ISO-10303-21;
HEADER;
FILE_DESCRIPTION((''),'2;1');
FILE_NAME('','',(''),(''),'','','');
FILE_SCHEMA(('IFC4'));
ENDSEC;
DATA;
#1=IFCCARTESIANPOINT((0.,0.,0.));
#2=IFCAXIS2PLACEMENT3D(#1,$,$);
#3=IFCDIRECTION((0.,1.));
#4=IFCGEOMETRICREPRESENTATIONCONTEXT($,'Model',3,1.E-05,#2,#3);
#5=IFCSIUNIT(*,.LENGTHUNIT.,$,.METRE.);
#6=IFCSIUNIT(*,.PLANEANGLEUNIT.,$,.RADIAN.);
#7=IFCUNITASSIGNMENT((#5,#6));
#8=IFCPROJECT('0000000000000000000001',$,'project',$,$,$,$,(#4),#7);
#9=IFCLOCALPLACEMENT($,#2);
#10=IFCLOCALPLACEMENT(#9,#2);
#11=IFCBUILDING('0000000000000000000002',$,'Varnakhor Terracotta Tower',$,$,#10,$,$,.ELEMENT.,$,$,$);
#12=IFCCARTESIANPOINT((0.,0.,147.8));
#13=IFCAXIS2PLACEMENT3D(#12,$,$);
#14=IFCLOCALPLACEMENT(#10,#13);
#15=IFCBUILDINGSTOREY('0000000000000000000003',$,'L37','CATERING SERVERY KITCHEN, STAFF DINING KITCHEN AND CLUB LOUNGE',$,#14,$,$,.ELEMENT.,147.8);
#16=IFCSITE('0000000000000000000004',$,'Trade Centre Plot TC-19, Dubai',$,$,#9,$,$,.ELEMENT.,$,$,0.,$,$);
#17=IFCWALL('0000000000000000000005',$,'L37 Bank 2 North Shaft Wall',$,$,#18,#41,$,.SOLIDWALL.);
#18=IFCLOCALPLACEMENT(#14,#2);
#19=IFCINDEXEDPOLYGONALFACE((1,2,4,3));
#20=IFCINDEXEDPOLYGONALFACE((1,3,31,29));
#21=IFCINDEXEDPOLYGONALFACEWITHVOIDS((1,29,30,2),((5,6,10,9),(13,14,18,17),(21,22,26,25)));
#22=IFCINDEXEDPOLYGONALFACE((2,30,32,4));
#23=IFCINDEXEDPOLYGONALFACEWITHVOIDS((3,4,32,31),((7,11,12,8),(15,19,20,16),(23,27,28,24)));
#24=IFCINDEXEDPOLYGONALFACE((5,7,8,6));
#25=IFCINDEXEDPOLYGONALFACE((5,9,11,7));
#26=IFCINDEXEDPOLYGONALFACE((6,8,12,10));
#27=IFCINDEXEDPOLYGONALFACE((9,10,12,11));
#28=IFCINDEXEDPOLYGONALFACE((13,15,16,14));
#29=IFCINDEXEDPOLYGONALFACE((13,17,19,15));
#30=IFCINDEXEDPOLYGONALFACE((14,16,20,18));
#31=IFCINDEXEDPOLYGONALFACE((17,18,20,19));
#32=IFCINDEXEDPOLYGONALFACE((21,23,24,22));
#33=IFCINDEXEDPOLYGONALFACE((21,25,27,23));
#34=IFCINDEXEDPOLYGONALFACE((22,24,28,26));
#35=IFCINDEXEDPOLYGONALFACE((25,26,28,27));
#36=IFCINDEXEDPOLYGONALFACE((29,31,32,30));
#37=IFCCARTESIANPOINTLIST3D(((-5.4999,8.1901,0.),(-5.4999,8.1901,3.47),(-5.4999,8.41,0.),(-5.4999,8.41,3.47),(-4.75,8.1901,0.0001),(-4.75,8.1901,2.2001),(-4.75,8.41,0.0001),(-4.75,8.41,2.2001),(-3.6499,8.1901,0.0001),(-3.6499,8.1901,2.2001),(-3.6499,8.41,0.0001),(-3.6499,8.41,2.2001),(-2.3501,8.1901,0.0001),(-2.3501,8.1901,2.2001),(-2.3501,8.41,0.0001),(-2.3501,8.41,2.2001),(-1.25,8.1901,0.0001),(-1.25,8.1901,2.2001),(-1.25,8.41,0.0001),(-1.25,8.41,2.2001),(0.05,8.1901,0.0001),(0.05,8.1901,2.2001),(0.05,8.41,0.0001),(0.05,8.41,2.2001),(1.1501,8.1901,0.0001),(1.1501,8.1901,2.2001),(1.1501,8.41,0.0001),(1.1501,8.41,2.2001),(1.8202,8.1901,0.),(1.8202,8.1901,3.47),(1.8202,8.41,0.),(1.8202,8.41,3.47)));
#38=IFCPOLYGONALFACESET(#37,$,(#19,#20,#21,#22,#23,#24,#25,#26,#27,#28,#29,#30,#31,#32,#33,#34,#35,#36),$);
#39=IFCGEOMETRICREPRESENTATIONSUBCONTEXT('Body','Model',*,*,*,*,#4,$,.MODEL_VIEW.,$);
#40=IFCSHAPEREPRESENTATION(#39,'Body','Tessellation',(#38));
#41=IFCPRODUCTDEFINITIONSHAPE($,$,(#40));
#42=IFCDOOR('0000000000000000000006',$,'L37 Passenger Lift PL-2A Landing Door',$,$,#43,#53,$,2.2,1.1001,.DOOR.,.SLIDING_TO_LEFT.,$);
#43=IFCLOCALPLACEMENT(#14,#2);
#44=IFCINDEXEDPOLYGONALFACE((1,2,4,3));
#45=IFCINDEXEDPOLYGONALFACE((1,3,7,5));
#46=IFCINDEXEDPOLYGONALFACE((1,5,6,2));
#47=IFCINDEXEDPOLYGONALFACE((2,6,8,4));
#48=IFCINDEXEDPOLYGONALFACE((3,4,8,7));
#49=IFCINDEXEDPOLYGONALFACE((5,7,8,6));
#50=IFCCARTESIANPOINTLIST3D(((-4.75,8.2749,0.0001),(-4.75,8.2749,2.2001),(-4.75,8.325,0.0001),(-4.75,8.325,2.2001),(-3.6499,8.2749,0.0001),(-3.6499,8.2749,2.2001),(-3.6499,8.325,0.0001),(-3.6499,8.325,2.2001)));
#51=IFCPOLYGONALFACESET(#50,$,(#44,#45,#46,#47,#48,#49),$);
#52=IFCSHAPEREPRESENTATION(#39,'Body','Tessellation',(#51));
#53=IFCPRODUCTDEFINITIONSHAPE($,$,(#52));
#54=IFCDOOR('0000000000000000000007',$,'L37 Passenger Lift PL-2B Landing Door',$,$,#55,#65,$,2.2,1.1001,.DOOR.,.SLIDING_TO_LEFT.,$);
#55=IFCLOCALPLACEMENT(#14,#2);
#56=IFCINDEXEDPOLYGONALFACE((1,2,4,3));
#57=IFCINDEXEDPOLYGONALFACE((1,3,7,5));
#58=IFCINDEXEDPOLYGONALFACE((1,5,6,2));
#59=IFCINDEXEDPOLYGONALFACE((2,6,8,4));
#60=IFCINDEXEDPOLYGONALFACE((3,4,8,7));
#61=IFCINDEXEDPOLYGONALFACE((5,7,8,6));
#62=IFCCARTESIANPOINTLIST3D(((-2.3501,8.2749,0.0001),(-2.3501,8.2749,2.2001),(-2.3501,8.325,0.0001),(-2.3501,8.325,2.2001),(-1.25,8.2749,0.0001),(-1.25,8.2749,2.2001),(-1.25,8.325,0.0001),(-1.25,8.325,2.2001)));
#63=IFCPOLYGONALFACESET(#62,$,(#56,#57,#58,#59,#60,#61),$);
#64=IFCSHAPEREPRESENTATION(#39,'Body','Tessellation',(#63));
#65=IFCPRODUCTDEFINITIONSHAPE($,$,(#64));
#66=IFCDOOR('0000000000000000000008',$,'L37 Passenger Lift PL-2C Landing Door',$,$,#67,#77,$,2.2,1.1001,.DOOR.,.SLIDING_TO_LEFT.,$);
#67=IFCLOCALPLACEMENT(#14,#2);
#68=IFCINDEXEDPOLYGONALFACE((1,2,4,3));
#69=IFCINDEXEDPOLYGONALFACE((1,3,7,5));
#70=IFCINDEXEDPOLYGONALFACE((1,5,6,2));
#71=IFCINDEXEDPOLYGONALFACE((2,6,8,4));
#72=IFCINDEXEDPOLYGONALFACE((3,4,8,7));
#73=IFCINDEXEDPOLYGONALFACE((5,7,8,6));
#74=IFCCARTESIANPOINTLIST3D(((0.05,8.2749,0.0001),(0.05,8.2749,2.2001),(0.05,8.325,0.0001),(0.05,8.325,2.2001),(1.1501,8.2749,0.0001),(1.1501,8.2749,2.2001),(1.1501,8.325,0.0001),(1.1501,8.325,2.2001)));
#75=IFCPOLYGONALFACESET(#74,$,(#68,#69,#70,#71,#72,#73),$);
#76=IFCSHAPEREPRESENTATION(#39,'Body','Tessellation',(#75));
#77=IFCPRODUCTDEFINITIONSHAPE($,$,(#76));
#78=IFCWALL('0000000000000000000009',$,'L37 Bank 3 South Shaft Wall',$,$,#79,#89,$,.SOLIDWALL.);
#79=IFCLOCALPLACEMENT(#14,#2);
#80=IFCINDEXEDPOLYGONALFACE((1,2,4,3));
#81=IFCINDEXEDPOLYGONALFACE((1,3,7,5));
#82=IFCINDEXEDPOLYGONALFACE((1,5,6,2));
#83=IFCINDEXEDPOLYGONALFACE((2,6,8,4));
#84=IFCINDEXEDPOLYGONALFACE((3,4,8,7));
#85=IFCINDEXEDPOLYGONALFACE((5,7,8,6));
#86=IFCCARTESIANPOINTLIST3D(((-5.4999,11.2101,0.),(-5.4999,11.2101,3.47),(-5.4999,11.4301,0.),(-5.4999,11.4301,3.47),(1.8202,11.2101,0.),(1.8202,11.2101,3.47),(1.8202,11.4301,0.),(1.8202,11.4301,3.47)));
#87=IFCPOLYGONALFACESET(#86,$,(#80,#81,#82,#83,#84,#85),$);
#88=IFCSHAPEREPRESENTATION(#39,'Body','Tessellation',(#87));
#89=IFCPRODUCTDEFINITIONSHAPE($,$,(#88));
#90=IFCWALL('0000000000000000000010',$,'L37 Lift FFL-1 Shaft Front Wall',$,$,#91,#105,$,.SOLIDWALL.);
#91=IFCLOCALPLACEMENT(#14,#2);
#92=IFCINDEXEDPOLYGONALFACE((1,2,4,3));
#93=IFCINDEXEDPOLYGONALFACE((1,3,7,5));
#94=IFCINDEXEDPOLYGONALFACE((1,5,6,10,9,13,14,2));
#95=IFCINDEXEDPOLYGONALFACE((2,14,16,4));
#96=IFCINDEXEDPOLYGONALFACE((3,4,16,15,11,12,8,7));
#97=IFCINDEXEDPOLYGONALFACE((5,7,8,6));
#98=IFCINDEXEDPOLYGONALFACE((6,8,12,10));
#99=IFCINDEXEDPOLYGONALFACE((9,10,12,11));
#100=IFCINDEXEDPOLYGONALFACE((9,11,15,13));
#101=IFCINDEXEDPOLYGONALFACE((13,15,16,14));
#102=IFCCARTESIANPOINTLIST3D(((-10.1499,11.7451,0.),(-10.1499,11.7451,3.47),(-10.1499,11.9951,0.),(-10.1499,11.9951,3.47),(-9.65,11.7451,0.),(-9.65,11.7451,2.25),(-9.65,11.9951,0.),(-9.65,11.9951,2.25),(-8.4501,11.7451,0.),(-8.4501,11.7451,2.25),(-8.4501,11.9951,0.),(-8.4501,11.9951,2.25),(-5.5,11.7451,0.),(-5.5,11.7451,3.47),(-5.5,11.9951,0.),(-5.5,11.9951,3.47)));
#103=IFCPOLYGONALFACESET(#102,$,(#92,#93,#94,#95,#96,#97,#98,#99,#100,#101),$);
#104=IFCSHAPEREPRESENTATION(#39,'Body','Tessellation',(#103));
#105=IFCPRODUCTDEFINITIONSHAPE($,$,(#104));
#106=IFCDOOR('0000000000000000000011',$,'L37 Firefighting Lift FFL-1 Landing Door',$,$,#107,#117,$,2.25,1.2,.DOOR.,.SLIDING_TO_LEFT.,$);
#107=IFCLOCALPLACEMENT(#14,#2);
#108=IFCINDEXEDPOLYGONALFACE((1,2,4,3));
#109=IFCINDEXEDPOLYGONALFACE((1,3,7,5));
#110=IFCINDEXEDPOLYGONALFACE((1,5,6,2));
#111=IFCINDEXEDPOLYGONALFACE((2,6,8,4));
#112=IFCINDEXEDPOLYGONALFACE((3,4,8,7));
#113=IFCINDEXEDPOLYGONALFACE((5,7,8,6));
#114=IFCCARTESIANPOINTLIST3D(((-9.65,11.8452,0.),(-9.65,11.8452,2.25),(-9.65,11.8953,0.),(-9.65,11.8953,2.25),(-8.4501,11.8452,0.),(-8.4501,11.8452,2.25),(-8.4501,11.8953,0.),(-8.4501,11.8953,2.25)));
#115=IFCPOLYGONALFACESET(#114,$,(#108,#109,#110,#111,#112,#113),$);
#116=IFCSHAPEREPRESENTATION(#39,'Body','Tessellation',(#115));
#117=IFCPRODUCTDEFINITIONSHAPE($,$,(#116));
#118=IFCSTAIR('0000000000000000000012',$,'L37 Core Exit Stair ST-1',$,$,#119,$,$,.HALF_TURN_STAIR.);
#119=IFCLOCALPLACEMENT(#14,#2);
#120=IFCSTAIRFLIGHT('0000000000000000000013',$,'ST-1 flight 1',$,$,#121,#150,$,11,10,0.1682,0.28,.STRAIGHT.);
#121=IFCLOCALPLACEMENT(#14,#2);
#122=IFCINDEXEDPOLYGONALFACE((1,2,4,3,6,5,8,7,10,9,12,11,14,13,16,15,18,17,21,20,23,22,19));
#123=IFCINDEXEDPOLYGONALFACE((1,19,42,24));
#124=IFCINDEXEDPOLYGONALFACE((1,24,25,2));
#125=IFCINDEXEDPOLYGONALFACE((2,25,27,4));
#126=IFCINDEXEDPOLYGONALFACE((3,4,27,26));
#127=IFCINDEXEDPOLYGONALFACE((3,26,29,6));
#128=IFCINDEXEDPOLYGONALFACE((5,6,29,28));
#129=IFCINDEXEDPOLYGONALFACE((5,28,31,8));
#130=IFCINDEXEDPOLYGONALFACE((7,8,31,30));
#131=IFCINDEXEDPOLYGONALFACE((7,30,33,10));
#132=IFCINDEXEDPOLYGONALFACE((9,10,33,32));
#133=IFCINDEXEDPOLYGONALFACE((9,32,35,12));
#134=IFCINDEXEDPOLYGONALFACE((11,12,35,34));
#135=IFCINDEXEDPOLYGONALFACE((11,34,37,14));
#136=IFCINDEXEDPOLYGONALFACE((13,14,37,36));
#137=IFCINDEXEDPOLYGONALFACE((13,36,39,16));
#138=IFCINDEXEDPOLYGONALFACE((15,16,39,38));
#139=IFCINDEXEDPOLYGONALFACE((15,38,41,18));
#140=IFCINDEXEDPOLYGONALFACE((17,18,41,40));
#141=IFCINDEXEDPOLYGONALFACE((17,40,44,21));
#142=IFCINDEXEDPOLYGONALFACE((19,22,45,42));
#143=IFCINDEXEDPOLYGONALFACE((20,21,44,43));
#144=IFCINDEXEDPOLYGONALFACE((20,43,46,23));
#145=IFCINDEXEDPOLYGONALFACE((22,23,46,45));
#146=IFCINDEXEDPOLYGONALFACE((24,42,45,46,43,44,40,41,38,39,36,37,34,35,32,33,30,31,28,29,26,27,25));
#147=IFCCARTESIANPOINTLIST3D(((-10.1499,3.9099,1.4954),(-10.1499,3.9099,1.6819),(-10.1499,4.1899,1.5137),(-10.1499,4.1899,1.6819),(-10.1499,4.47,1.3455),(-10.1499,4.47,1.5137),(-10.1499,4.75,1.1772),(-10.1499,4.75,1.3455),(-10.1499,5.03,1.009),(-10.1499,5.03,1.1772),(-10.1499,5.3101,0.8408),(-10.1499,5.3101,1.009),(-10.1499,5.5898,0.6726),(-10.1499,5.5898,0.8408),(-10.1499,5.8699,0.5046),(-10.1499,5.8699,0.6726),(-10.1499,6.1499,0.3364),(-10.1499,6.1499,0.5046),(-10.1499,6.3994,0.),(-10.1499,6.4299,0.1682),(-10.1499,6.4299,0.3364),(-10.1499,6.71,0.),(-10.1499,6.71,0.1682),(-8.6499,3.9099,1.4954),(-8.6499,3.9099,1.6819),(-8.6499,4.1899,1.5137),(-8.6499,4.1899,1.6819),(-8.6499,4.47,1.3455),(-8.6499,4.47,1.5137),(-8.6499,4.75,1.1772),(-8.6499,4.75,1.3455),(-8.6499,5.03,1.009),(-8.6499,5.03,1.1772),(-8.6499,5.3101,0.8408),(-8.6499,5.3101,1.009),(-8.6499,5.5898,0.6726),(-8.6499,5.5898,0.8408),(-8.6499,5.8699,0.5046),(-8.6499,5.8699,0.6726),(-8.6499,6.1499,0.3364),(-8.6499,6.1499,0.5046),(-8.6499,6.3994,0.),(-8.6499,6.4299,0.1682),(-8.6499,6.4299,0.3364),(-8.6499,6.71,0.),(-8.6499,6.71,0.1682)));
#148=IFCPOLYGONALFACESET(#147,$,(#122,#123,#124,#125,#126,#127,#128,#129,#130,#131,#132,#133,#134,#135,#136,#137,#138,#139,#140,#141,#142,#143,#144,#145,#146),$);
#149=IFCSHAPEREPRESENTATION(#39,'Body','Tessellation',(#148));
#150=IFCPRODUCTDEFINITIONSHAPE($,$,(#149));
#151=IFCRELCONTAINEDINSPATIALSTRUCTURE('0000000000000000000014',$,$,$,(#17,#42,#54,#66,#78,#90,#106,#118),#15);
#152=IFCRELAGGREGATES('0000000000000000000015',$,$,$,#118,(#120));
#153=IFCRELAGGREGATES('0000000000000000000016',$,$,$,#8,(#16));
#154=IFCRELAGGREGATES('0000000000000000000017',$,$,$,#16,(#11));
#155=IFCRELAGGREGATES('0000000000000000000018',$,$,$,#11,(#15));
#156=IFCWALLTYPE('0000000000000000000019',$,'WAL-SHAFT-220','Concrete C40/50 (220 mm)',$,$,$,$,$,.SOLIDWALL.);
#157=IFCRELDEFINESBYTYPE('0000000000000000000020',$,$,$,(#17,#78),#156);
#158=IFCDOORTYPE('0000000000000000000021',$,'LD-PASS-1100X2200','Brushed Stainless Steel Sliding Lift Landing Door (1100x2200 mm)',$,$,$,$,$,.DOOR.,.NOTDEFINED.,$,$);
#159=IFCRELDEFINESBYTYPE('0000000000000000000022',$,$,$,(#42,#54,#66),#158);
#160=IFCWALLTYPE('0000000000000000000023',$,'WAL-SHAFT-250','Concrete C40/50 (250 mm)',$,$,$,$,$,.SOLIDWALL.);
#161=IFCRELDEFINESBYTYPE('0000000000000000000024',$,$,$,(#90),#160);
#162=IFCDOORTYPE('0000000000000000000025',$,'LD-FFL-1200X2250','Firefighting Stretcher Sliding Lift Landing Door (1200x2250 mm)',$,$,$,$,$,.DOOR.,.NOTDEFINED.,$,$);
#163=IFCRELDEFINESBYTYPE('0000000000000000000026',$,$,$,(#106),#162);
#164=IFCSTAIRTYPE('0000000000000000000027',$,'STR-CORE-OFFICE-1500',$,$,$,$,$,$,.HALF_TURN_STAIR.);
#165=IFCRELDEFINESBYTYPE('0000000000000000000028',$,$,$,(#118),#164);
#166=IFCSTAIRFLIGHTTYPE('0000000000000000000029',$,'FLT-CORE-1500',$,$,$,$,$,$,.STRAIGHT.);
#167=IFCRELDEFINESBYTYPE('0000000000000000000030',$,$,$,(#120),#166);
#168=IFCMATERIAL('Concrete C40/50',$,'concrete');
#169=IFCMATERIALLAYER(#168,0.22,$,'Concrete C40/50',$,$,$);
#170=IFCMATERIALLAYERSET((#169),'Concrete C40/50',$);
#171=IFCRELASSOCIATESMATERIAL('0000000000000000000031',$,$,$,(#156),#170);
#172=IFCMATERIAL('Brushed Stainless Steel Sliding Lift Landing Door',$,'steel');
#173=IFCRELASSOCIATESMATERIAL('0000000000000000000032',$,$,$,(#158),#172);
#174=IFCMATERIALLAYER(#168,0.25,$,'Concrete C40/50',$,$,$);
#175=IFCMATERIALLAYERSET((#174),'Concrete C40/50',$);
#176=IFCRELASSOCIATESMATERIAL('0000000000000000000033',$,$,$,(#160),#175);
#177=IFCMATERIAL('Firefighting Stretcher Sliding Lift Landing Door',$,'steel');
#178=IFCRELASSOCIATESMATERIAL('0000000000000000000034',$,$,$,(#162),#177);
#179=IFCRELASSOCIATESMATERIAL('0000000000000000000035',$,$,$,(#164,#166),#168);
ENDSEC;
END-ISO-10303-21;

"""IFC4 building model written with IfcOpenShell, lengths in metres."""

from ifc_helpers import new_model, si_unit, direction, frame, frame_2d, origin, place, context, subcontext, project, spatial, polyline, rectangle, outline, extrude, source, transform, mapped, material, layer, layer_set, type_object, type_shapes, element, fill, aggregate, save


model = new_model("IFC4")

# Units and contexts
model_context = context("Model", 3, precision=1e-05, world=origin(), true_north=direction((0.0, 1.0)))
body_context = subcontext(model_context, "Body", "Model", "MODEL_VIEW")
ifc_project = project(units=[si_unit("LENGTHUNIT", "METRE"), si_unit("PLANEANGLEUNIT", "RADIAN")], contexts=[model_context])

# Site, building, storey
site_placement = place(None, origin())
site = spatial("IfcSite", under=ifc_project, at=site_placement, Name="Trade Centre Plot TC-19, Dubai", CompositionType="ELEMENT", RefElevation=0.0)
building_placement = place(site_placement, origin())
building = spatial("IfcBuilding", under=site, at=building_placement, Name="Varnakhor Terracotta Tower", CompositionType="ELEMENT")
storey_placement = place(building_placement, frame((0.0, 0.0, 147.8)))
storey = spatial("IfcBuildingStorey", under=building, at=storey_placement, Name="L37", Description="CATERING SERVERY KITCHEN, STAFF DINING KITCHEN AND CLUB LOUNGE", CompositionType="ELEMENT", Elevation=147.8)

# Shared definitions
ifc_material_1 = material(Name="Concrete C40/50", Category="concrete")

# Shared definitions
ifc_layer_1 = layer(ifc_material_1, 0.22, Name="Concrete C40/50")
ifc_layer_set_1 = layer_set([ifc_layer_1], Name="Concrete C40/50")
wall_type_1 = type_object("IfcWallType", Name="WAL-SHAFT-220", Description="Concrete C40/50 (220 mm)", PredefinedType="SOLIDWALL", material=ifc_layer_set_1)

# Wall, openings, doors
wall_1_placement = place(storey_placement, frame((-5.5, 8.3, 0.0), z_axis=(0.0, 0.0, 1.0), x_axis=(1.0, 0.0, 0.0)))
wall_1 = element("IfcWall", 1, at=wall_1_placement, inside=storey, type_object=wall_type_1, Name="L37 Bank 2 North Shaft Wall", PredefinedType="SOLIDWALL", context=body_context, shape_type="SweptSolid", body=[
    extrude(rectangle(XDim=7.3201, YDim=0.22, at=frame_2d((3.6602, 0.0))), origin(), (0.0, 0.0, 1.0), 3.47),
])
opening_1_placement = place(wall_1_placement, frame((0.75, 0.0, 0.0)))
opening_1 = element("IfcOpeningElement", 2, at=opening_1_placement, cuts=wall_1, PredefinedType="OPENING", context=body_context, shape_type="SweptSolid", body=[
    extrude(rectangle(XDim=1.1001, YDim=2.2, at=frame_2d((0.55, 1.1001))), frame((0.0, 0.1201, 0.0), z_axis=(0.0, -1.0, 0.0), x_axis=(1.0, 0.0, 0.0)), (0.0, 0.0, 1.0), 0.24),
])
opening_2_placement = place(wall_1_placement, frame((3.1499, 0.0, 0.0)))
opening_2 = element("IfcOpeningElement", 3, at=opening_2_placement, cuts=wall_1, PredefinedType="OPENING", context=body_context, shape_type="SweptSolid", body=[
    extrude(rectangle(XDim=1.1001, YDim=2.2, at=frame_2d((0.55, 1.1001))), frame((0.0, 0.1201, 0.0), z_axis=(0.0, -1.0, 0.0), x_axis=(1.0, 0.0, 0.0)), (0.0, 0.0, 1.0), 0.24),
])
opening_3_placement = place(wall_1_placement, frame((5.55, 0.0, 0.0)))
opening_3 = element("IfcOpeningElement", 4, at=opening_3_placement, cuts=wall_1, PredefinedType="OPENING", context=body_context, shape_type="SweptSolid", body=[
    extrude(rectangle(XDim=1.1001, YDim=2.2, at=frame_2d((0.55, 1.1001))), frame((0.0, 0.1201, 0.0), z_axis=(0.0, -1.0, 0.0), x_axis=(1.0, 0.0, 0.0)), (0.0, 0.0, 1.0), 0.24),
])
ifc_material_2 = material(Name="Brushed Stainless Steel Sliding Lift Landing Door", Category="steel")
door_type_1 = type_object("IfcDoorType", Name="LD-PASS-1100X2200", Description="Brushed Stainless Steel Sliding Lift Landing Door (1100x2200 mm)", OperationType="NOTDEFINED", PredefinedType="DOOR", material=ifc_material_2)
shared_shape_1 = source(origin(), body_context, "Body", "SweptSolid", [
    extrude(rectangle(XDim=1.1001, YDim=2.2, at=frame_2d((0.55, 1.1001))), frame((0.0, 0.0249, 0.0), z_axis=(0.0, -1.0, 0.0), x_axis=(1.0, 0.0, 0.0)), (0.0, 0.0, 1.0), 0.05),
])
type_shapes(door_type_1, [shared_shape_1])
door_1_placement = place(opening_1_placement, origin())
door_1 = element("IfcDoor", 5, at=door_1_placement, inside=storey, type_object=door_type_1, Name="L37 Passenger Lift PL-2A Landing Door", OperationType="SLIDING_TO_LEFT", OverallHeight=2.2, OverallWidth=1.1001, PredefinedType="DOOR", context=body_context, shape_type="MappedRepresentation", body=[
    mapped(shared_shape_1, transform((0.0, 0.0, 0.0), scale=1.0)),
])
fill(opening_1, door_1)
door_2_placement = place(opening_2_placement, origin())
door_2 = element("IfcDoor", 6, at=door_2_placement, inside=storey, type_object=door_type_1, Name="L37 Passenger Lift PL-2B Landing Door", OperationType="SLIDING_TO_LEFT", OverallHeight=2.2, OverallWidth=1.1001, PredefinedType="DOOR", context=body_context, shape_type="MappedRepresentation", body=[
    mapped(shared_shape_1, transform((0.0, 0.0, 0.0), scale=1.0)),
])
fill(opening_2, door_2)
door_3_placement = place(opening_3_placement, origin())
door_3 = element("IfcDoor", 7, at=door_3_placement, inside=storey, type_object=door_type_1, Name="L37 Passenger Lift PL-2C Landing Door", OperationType="SLIDING_TO_LEFT", OverallHeight=2.2, OverallWidth=1.1001, PredefinedType="DOOR", context=body_context, shape_type="MappedRepresentation", body=[
    mapped(shared_shape_1, transform((0.0, 0.0, 0.0), scale=1.0)),
])
fill(opening_3, door_3)

# Wall
wall_2_placement = place(storey_placement, frame((-5.5, 11.3201, 0.0), z_axis=(0.0, 0.0, 1.0), x_axis=(1.0, 0.0, 0.0)))
element("IfcWall", 8, at=wall_2_placement, inside=storey, type_object=wall_type_1, Name="L37 Bank 3 South Shaft Wall", PredefinedType="SOLIDWALL", context=body_context, shape_type="SweptSolid", body=[
    extrude(rectangle(XDim=7.3201, YDim=0.22, at=frame_2d((3.6602, 0.0))), origin(), (0.0, 0.0, 1.0), 3.47),
])

# Wall, opening, door
ifc_layer_2 = layer(ifc_material_1, 0.25, Name="Concrete C40/50")
ifc_layer_set_2 = layer_set([ifc_layer_2], Name="Concrete C40/50")
wall_type_2 = type_object("IfcWallType", Name="WAL-SHAFT-250", Description="Concrete C40/50 (250 mm)", PredefinedType="SOLIDWALL", material=ifc_layer_set_2)
wall_3_placement = place(storey_placement, frame((-5.5, 11.8701, 0.0), z_axis=(0.0, 0.0, 1.0), x_axis=(-1.0, 0.0, 0.0)))
wall_3 = element("IfcWall", 9, at=wall_3_placement, inside=storey, type_object=wall_type_2, Name="L37 Lift FFL-1 Shaft Front Wall", PredefinedType="SOLIDWALL", context=body_context, shape_type="SweptSolid", body=[
    extrude(rectangle(XDim=4.6499, YDim=0.25, at=frame_2d((2.325, 0.0))), origin(), (0.0, 0.0, 1.0), 3.47),
])
opening_4_placement = place(wall_3_placement, frame((2.95, 0.0, 0.0)))
opening_4 = element("IfcOpeningElement", 10, at=opening_4_placement, cuts=wall_3, PredefinedType="OPENING", context=body_context, shape_type="SweptSolid", body=[
    extrude(rectangle(XDim=1.2, YDim=2.25, at=frame_2d((0.6001, 1.125))), frame((0.0, 0.135, 0.0), z_axis=(0.0, -1.0, 0.0), x_axis=(1.0, 0.0, 0.0)), (0.0, 0.0, 1.0), 0.27),
])
ifc_material_3 = material(Name="Firefighting Stretcher Sliding Lift Landing Door", Category="steel")
door_type_2 = type_object("IfcDoorType", Name="LD-FFL-1200X2250", Description="Firefighting Stretcher Sliding Lift Landing Door (1200x2250 mm)", OperationType="NOTDEFINED", PredefinedType="DOOR", material=ifc_material_3)
shared_shape_2 = source(origin(), body_context, "Body", "SweptSolid", [
    extrude(rectangle(XDim=1.2, YDim=2.25, at=frame_2d((0.6001, 1.125))), frame((0.0, 0.0249, 0.0), z_axis=(0.0, -1.0, 0.0), x_axis=(1.0, 0.0, 0.0)), (0.0, 0.0, 1.0), 0.05),
])
type_shapes(door_type_2, [shared_shape_2])
door_4_placement = place(opening_4_placement, origin())
door_4 = element("IfcDoor", 11, at=door_4_placement, inside=storey, type_object=door_type_2, Name="L37 Firefighting Lift FFL-1 Landing Door", OperationType="SLIDING_TO_LEFT", OverallHeight=2.25, OverallWidth=1.2, PredefinedType="DOOR", context=body_context, shape_type="MappedRepresentation", body=[
    mapped(shared_shape_2, transform((0.0, 0.0, 0.0), scale=1.0)),
])
fill(opening_4, door_4)

# Stair, stair flight
stair_type = type_object("IfcStairType", Name="STR-CORE-OFFICE-1500", PredefinedType="HALF_TURN_STAIR", material=ifc_material_1)
stair_placement = place(storey_placement, origin())
stair = element("IfcStair", 12, at=stair_placement, inside=storey, type_object=stair_type, Name="L37 Core Exit Stair ST-1", PredefinedType="HALF_TURN_STAIR")
stair_flight_type = type_object("IfcStairFlightType", Name="FLT-CORE-1500", PredefinedType="STRAIGHT", material=ifc_material_1)
stair_flight_1_placement = place(storey_placement, frame((-9.3999, 6.71, 0.0), z_axis=(0.0, 0.0, 1.0), x_axis=(0.0, -1.0, 0.0)))
stair_flight_1 = element("IfcStairFlight", 13, at=stair_flight_1_placement, type_object=stair_flight_type, Name="ST-1 flight 1", NumberOfRisers=11, NumberOfTreads=10, PredefinedType="STRAIGHT", RiserHeight=0.1682, TreadLength=0.28, context=body_context, shape_type="SweptSolid", body=[
    extrude(outline(polyline([(0.0, 0.0), (0.0, 0.1682), (0.28, 0.1682), (0.28, 0.3364), (0.5601, 0.3364), (0.5601, 0.5046), (0.8401, 0.5046), (0.8401, 0.6726), (1.1201, 0.6726), (1.1201, 0.8408), (1.3999, 0.8408), (1.3999, 1.009), (1.6799, 1.009), (1.6799, 1.1772), (1.96, 1.1772), (1.96, 1.3455), (2.24, 1.3455), (2.24, 1.5137), (2.52, 1.5137), (2.52, 1.6819), (2.8, 1.6819), (2.8, 1.8501), (2.8, 1.4954), (0.3105, 0.0), (0.0, 0.0)])), frame((0.0, 0.75, 0.0), z_axis=(0.0, -1.0, 0.0), x_axis=(1.0, 0.0, 0.0)), (0.0, 0.0, 1.0), 1.5),
])
aggregate(stair, [stair_flight_1])

save(model, "model.ifc")
